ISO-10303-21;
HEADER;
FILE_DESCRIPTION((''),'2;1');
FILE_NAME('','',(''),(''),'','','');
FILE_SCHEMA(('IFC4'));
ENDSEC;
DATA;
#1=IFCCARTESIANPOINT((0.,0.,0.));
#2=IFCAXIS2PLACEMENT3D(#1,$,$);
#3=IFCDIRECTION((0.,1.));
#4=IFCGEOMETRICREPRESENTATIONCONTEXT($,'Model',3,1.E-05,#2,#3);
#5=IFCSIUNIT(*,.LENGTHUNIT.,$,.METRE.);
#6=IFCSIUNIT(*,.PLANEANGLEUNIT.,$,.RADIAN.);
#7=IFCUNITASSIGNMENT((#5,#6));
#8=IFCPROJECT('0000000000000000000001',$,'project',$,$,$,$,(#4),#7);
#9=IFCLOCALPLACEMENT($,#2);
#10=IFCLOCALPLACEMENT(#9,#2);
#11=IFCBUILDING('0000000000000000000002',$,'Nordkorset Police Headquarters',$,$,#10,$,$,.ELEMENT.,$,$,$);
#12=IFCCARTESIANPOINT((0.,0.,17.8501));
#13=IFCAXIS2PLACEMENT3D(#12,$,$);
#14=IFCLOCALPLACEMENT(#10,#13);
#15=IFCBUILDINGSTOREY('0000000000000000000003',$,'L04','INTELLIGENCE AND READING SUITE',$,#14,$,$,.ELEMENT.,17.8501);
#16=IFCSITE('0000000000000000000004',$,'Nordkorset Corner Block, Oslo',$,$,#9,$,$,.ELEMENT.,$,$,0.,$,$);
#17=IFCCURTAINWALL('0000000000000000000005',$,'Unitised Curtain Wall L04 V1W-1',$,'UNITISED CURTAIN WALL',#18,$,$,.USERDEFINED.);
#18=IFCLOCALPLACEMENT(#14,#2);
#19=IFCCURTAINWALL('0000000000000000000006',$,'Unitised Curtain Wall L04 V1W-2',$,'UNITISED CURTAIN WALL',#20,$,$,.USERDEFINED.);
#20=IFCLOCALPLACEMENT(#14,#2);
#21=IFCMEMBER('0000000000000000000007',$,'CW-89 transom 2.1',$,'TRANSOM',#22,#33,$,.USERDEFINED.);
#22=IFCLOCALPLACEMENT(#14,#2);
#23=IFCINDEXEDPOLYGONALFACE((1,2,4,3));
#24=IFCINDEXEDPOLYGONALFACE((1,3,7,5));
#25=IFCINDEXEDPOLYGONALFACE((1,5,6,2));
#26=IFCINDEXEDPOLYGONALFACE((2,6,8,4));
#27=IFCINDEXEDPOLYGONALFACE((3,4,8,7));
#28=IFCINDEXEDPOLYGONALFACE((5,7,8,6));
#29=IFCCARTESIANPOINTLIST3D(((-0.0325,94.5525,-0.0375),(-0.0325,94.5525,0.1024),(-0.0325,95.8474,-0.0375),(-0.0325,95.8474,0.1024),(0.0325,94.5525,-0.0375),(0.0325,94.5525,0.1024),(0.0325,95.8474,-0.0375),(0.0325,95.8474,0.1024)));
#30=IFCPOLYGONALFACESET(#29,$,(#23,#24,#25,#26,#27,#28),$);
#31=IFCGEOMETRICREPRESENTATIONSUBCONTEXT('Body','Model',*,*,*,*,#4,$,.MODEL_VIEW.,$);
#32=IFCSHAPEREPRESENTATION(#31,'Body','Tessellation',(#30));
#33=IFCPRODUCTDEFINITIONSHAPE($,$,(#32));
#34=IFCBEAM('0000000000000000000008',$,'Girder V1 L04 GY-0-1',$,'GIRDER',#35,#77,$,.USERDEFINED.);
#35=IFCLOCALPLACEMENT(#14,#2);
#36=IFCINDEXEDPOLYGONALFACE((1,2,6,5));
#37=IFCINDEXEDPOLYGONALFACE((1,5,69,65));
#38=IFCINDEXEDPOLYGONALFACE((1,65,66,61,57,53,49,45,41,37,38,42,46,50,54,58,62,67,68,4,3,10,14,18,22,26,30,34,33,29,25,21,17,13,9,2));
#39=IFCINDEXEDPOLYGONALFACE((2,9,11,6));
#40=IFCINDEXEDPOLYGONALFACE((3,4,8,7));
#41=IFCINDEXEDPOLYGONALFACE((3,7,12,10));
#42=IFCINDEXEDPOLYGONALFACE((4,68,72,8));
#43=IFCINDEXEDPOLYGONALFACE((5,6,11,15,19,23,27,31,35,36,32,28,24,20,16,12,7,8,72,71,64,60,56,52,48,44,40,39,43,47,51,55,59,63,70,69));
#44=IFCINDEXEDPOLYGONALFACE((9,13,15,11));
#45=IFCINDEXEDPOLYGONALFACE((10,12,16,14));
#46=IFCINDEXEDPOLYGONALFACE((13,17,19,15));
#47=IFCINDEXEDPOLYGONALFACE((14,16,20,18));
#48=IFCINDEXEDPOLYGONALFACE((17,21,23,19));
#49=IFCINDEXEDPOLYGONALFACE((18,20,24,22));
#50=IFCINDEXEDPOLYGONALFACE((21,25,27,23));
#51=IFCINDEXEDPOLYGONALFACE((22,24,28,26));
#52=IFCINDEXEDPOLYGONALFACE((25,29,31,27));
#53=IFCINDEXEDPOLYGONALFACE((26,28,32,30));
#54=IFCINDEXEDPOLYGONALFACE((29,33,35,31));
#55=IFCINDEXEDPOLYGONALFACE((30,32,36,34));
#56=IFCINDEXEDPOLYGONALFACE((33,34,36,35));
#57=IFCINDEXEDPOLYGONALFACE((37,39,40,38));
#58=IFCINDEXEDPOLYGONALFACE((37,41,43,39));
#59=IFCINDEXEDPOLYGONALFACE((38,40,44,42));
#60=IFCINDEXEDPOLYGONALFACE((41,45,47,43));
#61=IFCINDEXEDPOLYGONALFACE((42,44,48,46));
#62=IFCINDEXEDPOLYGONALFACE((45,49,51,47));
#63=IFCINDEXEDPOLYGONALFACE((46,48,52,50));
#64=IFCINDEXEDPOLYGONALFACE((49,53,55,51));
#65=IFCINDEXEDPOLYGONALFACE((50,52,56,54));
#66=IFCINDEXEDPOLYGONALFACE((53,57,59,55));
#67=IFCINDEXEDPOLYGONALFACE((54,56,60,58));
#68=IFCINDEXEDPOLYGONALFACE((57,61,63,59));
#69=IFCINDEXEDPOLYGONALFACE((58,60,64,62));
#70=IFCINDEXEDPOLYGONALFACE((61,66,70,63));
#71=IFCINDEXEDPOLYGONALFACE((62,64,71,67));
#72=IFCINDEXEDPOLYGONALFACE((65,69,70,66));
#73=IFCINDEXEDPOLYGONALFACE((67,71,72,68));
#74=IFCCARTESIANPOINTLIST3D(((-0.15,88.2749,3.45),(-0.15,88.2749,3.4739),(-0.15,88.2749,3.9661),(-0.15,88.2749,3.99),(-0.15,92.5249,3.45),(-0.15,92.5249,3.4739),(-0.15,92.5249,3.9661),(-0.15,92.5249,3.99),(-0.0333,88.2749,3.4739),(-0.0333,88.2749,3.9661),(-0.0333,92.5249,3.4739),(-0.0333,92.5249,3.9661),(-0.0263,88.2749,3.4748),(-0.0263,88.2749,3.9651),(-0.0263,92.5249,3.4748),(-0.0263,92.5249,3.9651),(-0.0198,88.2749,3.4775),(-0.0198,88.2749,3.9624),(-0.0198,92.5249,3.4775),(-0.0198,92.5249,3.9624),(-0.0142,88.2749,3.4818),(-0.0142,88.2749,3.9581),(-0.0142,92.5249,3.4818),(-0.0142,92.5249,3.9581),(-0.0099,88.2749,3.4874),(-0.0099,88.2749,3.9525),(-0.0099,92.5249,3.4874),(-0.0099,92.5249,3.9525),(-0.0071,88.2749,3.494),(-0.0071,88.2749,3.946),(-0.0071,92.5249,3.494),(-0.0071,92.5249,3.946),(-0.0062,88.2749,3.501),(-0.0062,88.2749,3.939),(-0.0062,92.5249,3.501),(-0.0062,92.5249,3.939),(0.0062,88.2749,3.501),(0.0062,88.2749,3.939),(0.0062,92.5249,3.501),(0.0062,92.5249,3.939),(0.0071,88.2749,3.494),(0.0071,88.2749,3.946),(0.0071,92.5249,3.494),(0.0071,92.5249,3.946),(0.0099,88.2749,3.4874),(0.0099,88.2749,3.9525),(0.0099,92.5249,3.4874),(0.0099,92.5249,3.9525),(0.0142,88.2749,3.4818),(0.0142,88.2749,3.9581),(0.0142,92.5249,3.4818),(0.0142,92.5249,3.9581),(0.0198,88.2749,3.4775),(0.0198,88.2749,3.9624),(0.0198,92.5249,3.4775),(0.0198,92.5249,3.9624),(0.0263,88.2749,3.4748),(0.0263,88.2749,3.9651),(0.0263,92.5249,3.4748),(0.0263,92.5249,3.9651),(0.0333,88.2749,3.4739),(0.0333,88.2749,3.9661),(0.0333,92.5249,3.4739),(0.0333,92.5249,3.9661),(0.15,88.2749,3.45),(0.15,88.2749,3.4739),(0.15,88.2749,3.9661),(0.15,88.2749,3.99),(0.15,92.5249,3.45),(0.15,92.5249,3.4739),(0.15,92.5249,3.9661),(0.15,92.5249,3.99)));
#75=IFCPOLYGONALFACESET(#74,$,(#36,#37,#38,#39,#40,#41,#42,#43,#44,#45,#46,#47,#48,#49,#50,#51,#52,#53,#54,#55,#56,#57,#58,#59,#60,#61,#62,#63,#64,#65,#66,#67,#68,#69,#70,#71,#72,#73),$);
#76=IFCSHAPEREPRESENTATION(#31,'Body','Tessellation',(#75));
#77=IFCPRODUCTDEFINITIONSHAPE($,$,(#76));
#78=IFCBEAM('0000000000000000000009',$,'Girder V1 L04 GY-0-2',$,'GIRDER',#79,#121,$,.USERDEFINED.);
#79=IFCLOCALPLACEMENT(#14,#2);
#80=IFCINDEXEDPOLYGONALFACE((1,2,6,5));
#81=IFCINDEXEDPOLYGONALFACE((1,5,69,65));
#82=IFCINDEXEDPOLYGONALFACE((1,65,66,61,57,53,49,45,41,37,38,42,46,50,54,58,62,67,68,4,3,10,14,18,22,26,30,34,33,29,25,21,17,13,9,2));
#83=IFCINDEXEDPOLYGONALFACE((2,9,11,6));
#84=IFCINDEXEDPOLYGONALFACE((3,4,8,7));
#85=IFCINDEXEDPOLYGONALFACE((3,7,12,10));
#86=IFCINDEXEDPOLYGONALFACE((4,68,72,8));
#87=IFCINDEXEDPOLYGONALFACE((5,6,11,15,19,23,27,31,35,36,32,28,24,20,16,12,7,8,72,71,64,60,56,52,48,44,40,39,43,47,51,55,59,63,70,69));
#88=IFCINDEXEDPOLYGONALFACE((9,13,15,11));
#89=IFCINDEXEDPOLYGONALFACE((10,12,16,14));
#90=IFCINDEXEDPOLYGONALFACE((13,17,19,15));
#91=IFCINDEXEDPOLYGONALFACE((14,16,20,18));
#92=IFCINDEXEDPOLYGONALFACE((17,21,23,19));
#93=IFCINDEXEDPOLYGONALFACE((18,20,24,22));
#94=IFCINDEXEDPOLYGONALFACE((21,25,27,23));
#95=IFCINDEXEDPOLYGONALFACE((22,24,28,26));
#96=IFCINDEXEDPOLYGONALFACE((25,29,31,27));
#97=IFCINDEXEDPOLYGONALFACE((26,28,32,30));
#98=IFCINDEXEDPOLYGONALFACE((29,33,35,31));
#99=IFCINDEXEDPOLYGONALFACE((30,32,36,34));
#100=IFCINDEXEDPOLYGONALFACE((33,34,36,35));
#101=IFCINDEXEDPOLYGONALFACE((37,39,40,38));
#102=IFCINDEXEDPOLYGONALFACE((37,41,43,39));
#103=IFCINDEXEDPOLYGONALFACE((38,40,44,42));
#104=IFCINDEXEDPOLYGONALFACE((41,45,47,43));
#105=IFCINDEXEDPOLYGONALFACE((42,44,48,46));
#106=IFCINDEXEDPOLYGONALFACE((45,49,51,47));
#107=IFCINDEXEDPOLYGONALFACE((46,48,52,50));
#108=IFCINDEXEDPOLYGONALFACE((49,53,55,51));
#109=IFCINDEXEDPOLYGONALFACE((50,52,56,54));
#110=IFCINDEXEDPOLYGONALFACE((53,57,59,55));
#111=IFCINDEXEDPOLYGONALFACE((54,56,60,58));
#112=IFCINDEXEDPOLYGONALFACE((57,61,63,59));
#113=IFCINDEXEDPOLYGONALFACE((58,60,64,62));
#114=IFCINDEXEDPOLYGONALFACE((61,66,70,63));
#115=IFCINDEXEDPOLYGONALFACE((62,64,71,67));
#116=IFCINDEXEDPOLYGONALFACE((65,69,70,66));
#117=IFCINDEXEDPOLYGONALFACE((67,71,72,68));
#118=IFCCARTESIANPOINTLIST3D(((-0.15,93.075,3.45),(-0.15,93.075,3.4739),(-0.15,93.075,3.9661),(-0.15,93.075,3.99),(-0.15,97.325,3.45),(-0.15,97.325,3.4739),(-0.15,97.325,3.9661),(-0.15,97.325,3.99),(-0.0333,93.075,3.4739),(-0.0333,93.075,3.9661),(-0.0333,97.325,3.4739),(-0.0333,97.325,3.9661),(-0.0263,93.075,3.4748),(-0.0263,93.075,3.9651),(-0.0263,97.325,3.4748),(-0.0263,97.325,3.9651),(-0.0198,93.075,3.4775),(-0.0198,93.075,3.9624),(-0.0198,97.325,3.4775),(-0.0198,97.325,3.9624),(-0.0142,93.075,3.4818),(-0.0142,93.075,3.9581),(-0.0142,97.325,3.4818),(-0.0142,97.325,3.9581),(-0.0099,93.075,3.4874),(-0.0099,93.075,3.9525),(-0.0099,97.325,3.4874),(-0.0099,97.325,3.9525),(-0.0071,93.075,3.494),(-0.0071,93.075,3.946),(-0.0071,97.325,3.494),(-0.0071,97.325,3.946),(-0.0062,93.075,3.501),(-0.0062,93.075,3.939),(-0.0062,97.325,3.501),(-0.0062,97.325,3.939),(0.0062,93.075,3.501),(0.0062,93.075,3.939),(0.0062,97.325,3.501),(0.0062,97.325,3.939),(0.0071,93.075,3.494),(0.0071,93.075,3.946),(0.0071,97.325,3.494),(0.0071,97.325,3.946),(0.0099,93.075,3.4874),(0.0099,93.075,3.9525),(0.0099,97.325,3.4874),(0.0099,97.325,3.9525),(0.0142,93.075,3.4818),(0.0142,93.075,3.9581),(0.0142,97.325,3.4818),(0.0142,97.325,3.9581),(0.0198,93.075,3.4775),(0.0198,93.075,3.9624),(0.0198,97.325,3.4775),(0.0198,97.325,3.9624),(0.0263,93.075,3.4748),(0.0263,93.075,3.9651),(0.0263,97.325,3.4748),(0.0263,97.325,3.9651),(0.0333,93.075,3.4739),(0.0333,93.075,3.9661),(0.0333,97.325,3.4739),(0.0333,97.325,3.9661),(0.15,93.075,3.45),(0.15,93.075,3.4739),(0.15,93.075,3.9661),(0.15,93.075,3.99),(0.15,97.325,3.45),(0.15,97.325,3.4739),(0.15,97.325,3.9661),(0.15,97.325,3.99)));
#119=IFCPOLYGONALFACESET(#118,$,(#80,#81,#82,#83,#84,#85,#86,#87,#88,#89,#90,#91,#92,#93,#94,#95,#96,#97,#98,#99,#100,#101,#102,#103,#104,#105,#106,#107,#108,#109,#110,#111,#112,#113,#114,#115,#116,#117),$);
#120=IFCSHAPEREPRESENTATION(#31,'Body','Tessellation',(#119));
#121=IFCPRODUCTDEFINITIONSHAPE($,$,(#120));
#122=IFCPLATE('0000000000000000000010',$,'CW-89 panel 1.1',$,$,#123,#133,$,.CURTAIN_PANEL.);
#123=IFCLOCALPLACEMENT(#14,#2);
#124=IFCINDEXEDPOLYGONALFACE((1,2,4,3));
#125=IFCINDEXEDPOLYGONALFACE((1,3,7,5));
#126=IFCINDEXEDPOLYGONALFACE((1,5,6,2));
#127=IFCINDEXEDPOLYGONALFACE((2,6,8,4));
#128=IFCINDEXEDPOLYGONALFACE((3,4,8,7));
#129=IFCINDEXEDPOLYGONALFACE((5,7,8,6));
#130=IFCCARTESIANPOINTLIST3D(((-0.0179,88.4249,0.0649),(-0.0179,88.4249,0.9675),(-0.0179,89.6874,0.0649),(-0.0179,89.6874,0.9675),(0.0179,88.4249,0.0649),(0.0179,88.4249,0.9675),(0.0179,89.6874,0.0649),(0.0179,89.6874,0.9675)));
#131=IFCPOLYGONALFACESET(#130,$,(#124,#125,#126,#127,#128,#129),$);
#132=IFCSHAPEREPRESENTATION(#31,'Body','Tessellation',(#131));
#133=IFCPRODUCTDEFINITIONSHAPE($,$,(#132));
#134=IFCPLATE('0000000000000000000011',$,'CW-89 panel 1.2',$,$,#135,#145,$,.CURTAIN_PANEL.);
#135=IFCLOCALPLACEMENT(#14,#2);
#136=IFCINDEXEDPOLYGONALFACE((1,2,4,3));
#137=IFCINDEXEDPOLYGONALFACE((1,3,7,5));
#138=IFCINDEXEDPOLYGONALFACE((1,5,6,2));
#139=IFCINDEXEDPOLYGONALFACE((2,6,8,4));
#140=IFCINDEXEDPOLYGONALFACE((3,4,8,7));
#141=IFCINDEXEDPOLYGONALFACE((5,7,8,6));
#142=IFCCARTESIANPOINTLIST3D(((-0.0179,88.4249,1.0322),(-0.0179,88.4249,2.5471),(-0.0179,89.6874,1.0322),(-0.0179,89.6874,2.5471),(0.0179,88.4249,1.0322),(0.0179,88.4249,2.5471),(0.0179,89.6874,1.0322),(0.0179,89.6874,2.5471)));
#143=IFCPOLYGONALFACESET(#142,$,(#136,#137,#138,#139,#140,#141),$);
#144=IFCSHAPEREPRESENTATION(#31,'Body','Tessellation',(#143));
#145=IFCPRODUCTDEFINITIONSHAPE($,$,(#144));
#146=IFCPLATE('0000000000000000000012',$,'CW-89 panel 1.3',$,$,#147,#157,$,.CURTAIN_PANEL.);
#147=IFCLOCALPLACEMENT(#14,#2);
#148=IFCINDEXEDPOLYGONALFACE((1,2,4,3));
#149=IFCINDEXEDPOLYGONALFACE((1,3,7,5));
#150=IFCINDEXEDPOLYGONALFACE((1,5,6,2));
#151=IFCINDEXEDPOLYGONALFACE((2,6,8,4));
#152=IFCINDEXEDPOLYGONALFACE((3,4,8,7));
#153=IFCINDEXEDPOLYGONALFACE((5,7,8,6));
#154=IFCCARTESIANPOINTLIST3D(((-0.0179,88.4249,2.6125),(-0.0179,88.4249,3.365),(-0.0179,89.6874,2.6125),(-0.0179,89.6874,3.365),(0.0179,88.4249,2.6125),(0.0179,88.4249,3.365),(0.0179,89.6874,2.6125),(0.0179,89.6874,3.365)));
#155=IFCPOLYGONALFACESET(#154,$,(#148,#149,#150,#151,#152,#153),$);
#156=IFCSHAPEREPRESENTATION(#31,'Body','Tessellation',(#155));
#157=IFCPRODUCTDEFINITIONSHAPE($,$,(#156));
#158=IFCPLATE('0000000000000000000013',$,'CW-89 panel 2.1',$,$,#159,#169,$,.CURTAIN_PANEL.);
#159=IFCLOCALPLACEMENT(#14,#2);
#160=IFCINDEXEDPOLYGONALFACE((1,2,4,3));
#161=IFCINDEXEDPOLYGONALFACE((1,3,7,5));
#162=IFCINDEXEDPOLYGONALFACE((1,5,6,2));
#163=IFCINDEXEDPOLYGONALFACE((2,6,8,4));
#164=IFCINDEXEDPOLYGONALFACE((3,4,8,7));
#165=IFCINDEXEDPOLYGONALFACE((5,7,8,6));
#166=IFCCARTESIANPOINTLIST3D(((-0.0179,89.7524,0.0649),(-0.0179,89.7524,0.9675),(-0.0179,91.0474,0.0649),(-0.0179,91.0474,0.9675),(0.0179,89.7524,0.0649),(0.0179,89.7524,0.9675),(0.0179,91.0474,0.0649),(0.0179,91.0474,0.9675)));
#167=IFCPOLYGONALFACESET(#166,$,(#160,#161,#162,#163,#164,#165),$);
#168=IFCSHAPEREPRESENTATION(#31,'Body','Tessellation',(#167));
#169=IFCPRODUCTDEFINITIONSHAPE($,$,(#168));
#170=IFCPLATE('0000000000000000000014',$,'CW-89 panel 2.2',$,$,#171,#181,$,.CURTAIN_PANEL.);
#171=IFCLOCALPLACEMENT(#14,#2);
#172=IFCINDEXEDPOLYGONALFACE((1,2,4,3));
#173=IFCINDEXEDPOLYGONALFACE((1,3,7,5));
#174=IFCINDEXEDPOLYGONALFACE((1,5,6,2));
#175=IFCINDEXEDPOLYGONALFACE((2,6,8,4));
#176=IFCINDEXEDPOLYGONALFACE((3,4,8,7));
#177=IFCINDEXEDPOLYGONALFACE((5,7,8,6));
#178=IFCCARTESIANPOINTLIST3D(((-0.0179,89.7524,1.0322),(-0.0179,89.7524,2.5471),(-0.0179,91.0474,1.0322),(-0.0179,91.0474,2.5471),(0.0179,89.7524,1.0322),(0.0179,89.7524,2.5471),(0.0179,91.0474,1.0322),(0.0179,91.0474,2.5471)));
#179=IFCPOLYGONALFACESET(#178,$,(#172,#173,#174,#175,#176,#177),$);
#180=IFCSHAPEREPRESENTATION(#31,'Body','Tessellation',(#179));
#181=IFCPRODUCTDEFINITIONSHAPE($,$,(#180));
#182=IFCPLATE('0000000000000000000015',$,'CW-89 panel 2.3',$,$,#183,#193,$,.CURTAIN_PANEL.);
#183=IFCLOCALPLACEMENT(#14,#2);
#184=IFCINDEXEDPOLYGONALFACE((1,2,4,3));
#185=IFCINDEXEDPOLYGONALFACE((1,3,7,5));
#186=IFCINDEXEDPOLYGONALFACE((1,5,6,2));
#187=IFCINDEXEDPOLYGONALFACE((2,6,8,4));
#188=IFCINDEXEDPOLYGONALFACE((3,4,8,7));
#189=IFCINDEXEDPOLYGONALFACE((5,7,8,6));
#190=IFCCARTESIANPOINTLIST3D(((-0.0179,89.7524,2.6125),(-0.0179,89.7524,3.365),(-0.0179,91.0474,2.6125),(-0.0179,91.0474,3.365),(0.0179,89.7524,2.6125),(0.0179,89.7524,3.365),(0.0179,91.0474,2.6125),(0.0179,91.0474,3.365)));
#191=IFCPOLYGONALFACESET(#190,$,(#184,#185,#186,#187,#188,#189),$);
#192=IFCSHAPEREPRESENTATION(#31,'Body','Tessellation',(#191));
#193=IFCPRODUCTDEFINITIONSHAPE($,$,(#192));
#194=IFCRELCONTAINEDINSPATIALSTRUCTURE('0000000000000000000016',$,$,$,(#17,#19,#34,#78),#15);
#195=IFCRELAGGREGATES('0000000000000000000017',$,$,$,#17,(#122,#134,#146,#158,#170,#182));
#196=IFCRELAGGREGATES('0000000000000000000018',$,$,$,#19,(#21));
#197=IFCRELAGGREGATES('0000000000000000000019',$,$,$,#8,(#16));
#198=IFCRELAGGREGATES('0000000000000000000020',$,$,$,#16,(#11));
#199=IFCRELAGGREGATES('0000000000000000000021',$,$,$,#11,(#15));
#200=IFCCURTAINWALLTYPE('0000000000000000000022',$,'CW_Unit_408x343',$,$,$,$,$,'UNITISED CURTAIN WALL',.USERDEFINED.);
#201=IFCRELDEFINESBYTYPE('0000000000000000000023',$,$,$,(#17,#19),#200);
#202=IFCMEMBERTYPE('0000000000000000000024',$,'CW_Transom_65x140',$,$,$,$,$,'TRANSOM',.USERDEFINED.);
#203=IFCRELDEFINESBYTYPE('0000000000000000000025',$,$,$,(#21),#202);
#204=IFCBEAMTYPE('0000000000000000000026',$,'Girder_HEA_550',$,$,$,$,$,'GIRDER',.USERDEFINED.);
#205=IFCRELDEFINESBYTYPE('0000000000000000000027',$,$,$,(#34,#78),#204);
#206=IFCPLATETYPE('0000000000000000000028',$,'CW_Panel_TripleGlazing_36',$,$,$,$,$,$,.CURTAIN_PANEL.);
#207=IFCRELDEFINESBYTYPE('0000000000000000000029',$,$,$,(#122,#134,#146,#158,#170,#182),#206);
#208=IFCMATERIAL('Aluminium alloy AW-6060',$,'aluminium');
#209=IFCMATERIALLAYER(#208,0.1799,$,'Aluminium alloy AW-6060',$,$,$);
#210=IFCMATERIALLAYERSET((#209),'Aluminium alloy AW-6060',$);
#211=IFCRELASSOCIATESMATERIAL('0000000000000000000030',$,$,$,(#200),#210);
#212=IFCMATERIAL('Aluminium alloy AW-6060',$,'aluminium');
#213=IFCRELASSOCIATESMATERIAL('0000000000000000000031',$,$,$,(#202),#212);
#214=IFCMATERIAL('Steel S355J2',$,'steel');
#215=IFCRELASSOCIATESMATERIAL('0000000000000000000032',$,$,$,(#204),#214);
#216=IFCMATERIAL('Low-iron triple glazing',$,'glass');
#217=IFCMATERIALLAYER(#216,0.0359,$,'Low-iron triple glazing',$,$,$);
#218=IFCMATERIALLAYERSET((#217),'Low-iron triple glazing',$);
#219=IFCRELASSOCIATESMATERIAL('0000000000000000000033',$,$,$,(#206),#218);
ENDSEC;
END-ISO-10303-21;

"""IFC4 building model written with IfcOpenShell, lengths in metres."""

from ifc_helpers import new_model, si_unit, direction, frame, origin, origin_2d, place, context, subcontext, project, spatial, rectangle, i_section, extrude, material, layer, layer_set, material_profile, profile_set, type_object, element, aggregate, save


model = new_model("IFC4")

# Units and contexts
model_context = context("Model", 3, precision=1e-05, world=origin(), true_north=direction((0.0, 1.0)))
body_context = subcontext(model_context, "Body", "Model", "MODEL_VIEW")
ifc_project = project(units=[si_unit("LENGTHUNIT", "METRE"), si_unit("PLANEANGLEUNIT", "RADIAN")], contexts=[model_context])

# Site, building, storey
site_placement = place(None, origin())
site = spatial("IfcSite", under=ifc_project, at=site_placement, Name="Nordkorset Corner Block, Oslo", CompositionType="ELEMENT", RefElevation=0.0)
building_placement = place(site_placement, origin())
building = spatial("IfcBuilding", under=site, at=building_placement, Name="Nordkorset Police Headquarters", CompositionType="ELEMENT")
storey_placement = place(building_placement, frame((0.0, 0.0, 17.8501)))
storey = spatial("IfcBuildingStorey", under=building, at=storey_placement, Name="L04", Description="INTELLIGENCE AND READING SUITE", CompositionType="ELEMENT", Elevation=17.8501)

# Curtain walls
ifc_material_1 = material(Name="Aluminium alloy AW-6060", Category="aluminium")
ifc_layer_1 = layer(ifc_material_1, 0.1799, Name="Aluminium alloy AW-6060")
ifc_layer_set_1 = layer_set([ifc_layer_1], Name="Aluminium alloy AW-6060")
curtain_wall_type = type_object("IfcCurtainWallType", Name="CW_Unit_408x343", ElementType="UNITISED CURTAIN WALL", PredefinedType="USERDEFINED", material=ifc_layer_set_1)
curtain_wall_1_placement = place(storey_placement, origin())
curtain_wall_1 = element("IfcCurtainWall", 1, at=curtain_wall_1_placement, inside=storey, type_object=curtain_wall_type, Name="Unitised Curtain Wall L04 V1W-1", ObjectType="UNITISED CURTAIN WALL", PredefinedType="USERDEFINED")
curtain_wall_2_placement = place(storey_placement, origin())
curtain_wall_2 = element("IfcCurtainWall", 2, at=curtain_wall_2_placement, inside=storey, type_object=curtain_wall_type, Name="Unitised Curtain Wall L04 V1W-2", ObjectType="UNITISED CURTAIN WALL", PredefinedType="USERDEFINED")

# Member
ifc_material_2 = material(Name="Aluminium alloy AW-6060", Category="aluminium")
ifc_material_profile_1 = material_profile(ifc_material_2, rectangle(XDim=0.0649, YDim=0.1399, at=origin_2d()), Name="ALU TRAN 65x140")
ifc_profile_set_1 = profile_set([ifc_material_profile_1], Name="Aluminium alloy AW-6060")
member_type_1 = type_object("IfcMemberType", Name="CW_Transom_65x140", ElementType="TRANSOM", PredefinedType="USERDEFINED", material=ifc_profile_set_1)
member_1_placement = place(storey_placement, frame((0.0, 94.5525, 0.0325), z_axis=(0.0, 1.0, 0.0), x_axis=(-1.0, 0.0, 0.0)))
member_1 = element("IfcMember", 3, at=member_1_placement, type_object=member_type_1, Name="CW-89 transom 2.1", ObjectType="TRANSOM", PredefinedType="USERDEFINED", context=body_context, shape_type="SweptSolid", body=[
    extrude(rectangle(XDim=0.0649, YDim=0.1399, at=origin_2d()), origin(), (0.0, 0.0, 1.0), 1.2949),
])

# Beams
ifc_material_3 = material(Name="Steel S355J2", Category="steel")
ifc_material_profile_2 = material_profile(ifc_material_3, i_section(OverallWidth=0.3, OverallDepth=0.54, WebThickness=0.0125, FlangeThickness=0.0239, FilletRadius=0.0271, at=origin_2d()), Name="HEA 550")
ifc_profile_set_2 = profile_set([ifc_material_profile_2], Name="Steel S355J2")
beam_type = type_object("IfcBeamType", Name="Girder_HEA_550", ElementType="GIRDER", PredefinedType="USERDEFINED", material=ifc_profile_set_2)
for number, where, z_axis, x_axis, name in (
    (4, (0.0, 88.2749, 3.72), (0.0, 1.0, 0.0), (-1.0, 0.0, 0.0), "Girder V1 L04 GY-0-1"),
    (5, (0.0, 93.075, 3.72), (0.0, 1.0, 0.0), (-1.0, 0.0, 0.0), "Girder V1 L04 GY-0-2"),
):
    element("IfcBeam", number, at=place(storey_placement, frame(where, z_axis=z_axis, x_axis=x_axis)), inside=storey, type_object=beam_type, Name=name, ObjectType="GIRDER", PredefinedType="USERDEFINED", context=body_context, shape_type="SweptSolid", body=[
        extrude(i_section(OverallWidth=0.3, OverallDepth=0.54, WebThickness=0.0125, FlangeThickness=0.0239, FilletRadius=0.0271, at=origin_2d()), origin(), (0.0, 0.0, 1.0), 4.25),
    ])

# Plates
ifc_material_4 = material(Name="Low-iron triple glazing", Category="glass")
ifc_layer_2 = layer(ifc_material_4, 0.0359, Name="Low-iron triple glazing")
ifc_layer_set_2 = layer_set([ifc_layer_2], Name="Low-iron triple glazing")
plate_type = type_object("IfcPlateType", Name="CW_Panel_TripleGlazing_36", PredefinedType="CURTAIN_PANEL", material=ifc_layer_set_2)
plate_1_placement = place(storey_placement, frame((0.0, 89.0562, 0.0649), z_axis=(0.0, 0.0, 1.0), x_axis=(0.0, 1.0, 0.0)))
plate_1 = element("IfcPlate", 6, at=plate_1_placement, type_object=plate_type, Name="CW-89 panel 1.1", PredefinedType="CURTAIN_PANEL", context=body_context, shape_type="SweptSolid", body=[
    extrude(rectangle(XDim=1.2625, YDim=0.0359, at=origin_2d()), origin(), (0.0, 0.0, 1.0), 0.9026),
])
plate_2_placement = place(storey_placement, frame((0.0, 89.0562, 1.0322), z_axis=(0.0, 0.0, 1.0), x_axis=(0.0, 1.0, 0.0)))
plate_2 = element("IfcPlate", 7, at=plate_2_placement, type_object=plate_type, Name="CW-89 panel 1.2", PredefinedType="CURTAIN_PANEL", context=body_context, shape_type="SweptSolid", body=[
    extrude(rectangle(XDim=1.2625, YDim=0.0359, at=origin_2d()), origin(), (0.0, 0.0, 1.0), 1.5149),
])
plate_3_placement = place(storey_placement, frame((0.0, 89.0562, 2.6125), z_axis=(0.0, 0.0, 1.0), x_axis=(0.0, 1.0, 0.0)))
plate_3 = element("IfcPlate", 8, at=plate_3_placement, type_object=plate_type, Name="CW-89 panel 1.3", PredefinedType="CURTAIN_PANEL", context=body_context, shape_type="SweptSolid", body=[
    extrude(rectangle(XDim=1.2625, YDim=0.0359, at=origin_2d()), origin(), (0.0, 0.0, 1.0), 0.7524),
])
plate_4_placement = place(storey_placement, frame((0.0, 90.3999, 0.0649), z_axis=(0.0, 0.0, 1.0), x_axis=(0.0, 1.0, 0.0)))
plate_4 = element("IfcPlate", 9, at=plate_4_placement, type_object=plate_type, Name="CW-89 panel 2.1", PredefinedType="CURTAIN_PANEL", context=body_context, shape_type="SweptSolid", body=[
    extrude(rectangle(XDim=1.2949, YDim=0.0359, at=origin_2d()), origin(), (0.0, 0.0, 1.0), 0.9026),
])
plate_5_placement = place(storey_placement, frame((0.0, 90.3999, 1.0322), z_axis=(0.0, 0.0, 1.0), x_axis=(0.0, 1.0, 0.0)))
plate_5 = element("IfcPlate", 10, at=plate_5_placement, type_object=plate_type, Name="CW-89 panel 2.2", PredefinedType="CURTAIN_PANEL", context=body_context, shape_type="SweptSolid", body=[
    extrude(rectangle(XDim=1.2949, YDim=0.0359, at=origin_2d()), origin(), (0.0, 0.0, 1.0), 1.5149),
])
plate_6_placement = place(storey_placement, frame((0.0, 90.3999, 2.6125), z_axis=(0.0, 0.0, 1.0), x_axis=(0.0, 1.0, 0.0)))
plate_6 = element("IfcPlate", 11, at=plate_6_placement, type_object=plate_type, Name="CW-89 panel 2.3", PredefinedType="CURTAIN_PANEL", context=body_context, shape_type="SweptSolid", body=[
    extrude(rectangle(XDim=1.2949, YDim=0.0359, at=origin_2d()), origin(), (0.0, 0.0, 1.0), 0.7524),
])
aggregate(curtain_wall_1, [plate_1, plate_2, plate_3, plate_4, plate_5, plate_6])
aggregate(curtain_wall_2, [member_1])

save(model, "model.ifc")
